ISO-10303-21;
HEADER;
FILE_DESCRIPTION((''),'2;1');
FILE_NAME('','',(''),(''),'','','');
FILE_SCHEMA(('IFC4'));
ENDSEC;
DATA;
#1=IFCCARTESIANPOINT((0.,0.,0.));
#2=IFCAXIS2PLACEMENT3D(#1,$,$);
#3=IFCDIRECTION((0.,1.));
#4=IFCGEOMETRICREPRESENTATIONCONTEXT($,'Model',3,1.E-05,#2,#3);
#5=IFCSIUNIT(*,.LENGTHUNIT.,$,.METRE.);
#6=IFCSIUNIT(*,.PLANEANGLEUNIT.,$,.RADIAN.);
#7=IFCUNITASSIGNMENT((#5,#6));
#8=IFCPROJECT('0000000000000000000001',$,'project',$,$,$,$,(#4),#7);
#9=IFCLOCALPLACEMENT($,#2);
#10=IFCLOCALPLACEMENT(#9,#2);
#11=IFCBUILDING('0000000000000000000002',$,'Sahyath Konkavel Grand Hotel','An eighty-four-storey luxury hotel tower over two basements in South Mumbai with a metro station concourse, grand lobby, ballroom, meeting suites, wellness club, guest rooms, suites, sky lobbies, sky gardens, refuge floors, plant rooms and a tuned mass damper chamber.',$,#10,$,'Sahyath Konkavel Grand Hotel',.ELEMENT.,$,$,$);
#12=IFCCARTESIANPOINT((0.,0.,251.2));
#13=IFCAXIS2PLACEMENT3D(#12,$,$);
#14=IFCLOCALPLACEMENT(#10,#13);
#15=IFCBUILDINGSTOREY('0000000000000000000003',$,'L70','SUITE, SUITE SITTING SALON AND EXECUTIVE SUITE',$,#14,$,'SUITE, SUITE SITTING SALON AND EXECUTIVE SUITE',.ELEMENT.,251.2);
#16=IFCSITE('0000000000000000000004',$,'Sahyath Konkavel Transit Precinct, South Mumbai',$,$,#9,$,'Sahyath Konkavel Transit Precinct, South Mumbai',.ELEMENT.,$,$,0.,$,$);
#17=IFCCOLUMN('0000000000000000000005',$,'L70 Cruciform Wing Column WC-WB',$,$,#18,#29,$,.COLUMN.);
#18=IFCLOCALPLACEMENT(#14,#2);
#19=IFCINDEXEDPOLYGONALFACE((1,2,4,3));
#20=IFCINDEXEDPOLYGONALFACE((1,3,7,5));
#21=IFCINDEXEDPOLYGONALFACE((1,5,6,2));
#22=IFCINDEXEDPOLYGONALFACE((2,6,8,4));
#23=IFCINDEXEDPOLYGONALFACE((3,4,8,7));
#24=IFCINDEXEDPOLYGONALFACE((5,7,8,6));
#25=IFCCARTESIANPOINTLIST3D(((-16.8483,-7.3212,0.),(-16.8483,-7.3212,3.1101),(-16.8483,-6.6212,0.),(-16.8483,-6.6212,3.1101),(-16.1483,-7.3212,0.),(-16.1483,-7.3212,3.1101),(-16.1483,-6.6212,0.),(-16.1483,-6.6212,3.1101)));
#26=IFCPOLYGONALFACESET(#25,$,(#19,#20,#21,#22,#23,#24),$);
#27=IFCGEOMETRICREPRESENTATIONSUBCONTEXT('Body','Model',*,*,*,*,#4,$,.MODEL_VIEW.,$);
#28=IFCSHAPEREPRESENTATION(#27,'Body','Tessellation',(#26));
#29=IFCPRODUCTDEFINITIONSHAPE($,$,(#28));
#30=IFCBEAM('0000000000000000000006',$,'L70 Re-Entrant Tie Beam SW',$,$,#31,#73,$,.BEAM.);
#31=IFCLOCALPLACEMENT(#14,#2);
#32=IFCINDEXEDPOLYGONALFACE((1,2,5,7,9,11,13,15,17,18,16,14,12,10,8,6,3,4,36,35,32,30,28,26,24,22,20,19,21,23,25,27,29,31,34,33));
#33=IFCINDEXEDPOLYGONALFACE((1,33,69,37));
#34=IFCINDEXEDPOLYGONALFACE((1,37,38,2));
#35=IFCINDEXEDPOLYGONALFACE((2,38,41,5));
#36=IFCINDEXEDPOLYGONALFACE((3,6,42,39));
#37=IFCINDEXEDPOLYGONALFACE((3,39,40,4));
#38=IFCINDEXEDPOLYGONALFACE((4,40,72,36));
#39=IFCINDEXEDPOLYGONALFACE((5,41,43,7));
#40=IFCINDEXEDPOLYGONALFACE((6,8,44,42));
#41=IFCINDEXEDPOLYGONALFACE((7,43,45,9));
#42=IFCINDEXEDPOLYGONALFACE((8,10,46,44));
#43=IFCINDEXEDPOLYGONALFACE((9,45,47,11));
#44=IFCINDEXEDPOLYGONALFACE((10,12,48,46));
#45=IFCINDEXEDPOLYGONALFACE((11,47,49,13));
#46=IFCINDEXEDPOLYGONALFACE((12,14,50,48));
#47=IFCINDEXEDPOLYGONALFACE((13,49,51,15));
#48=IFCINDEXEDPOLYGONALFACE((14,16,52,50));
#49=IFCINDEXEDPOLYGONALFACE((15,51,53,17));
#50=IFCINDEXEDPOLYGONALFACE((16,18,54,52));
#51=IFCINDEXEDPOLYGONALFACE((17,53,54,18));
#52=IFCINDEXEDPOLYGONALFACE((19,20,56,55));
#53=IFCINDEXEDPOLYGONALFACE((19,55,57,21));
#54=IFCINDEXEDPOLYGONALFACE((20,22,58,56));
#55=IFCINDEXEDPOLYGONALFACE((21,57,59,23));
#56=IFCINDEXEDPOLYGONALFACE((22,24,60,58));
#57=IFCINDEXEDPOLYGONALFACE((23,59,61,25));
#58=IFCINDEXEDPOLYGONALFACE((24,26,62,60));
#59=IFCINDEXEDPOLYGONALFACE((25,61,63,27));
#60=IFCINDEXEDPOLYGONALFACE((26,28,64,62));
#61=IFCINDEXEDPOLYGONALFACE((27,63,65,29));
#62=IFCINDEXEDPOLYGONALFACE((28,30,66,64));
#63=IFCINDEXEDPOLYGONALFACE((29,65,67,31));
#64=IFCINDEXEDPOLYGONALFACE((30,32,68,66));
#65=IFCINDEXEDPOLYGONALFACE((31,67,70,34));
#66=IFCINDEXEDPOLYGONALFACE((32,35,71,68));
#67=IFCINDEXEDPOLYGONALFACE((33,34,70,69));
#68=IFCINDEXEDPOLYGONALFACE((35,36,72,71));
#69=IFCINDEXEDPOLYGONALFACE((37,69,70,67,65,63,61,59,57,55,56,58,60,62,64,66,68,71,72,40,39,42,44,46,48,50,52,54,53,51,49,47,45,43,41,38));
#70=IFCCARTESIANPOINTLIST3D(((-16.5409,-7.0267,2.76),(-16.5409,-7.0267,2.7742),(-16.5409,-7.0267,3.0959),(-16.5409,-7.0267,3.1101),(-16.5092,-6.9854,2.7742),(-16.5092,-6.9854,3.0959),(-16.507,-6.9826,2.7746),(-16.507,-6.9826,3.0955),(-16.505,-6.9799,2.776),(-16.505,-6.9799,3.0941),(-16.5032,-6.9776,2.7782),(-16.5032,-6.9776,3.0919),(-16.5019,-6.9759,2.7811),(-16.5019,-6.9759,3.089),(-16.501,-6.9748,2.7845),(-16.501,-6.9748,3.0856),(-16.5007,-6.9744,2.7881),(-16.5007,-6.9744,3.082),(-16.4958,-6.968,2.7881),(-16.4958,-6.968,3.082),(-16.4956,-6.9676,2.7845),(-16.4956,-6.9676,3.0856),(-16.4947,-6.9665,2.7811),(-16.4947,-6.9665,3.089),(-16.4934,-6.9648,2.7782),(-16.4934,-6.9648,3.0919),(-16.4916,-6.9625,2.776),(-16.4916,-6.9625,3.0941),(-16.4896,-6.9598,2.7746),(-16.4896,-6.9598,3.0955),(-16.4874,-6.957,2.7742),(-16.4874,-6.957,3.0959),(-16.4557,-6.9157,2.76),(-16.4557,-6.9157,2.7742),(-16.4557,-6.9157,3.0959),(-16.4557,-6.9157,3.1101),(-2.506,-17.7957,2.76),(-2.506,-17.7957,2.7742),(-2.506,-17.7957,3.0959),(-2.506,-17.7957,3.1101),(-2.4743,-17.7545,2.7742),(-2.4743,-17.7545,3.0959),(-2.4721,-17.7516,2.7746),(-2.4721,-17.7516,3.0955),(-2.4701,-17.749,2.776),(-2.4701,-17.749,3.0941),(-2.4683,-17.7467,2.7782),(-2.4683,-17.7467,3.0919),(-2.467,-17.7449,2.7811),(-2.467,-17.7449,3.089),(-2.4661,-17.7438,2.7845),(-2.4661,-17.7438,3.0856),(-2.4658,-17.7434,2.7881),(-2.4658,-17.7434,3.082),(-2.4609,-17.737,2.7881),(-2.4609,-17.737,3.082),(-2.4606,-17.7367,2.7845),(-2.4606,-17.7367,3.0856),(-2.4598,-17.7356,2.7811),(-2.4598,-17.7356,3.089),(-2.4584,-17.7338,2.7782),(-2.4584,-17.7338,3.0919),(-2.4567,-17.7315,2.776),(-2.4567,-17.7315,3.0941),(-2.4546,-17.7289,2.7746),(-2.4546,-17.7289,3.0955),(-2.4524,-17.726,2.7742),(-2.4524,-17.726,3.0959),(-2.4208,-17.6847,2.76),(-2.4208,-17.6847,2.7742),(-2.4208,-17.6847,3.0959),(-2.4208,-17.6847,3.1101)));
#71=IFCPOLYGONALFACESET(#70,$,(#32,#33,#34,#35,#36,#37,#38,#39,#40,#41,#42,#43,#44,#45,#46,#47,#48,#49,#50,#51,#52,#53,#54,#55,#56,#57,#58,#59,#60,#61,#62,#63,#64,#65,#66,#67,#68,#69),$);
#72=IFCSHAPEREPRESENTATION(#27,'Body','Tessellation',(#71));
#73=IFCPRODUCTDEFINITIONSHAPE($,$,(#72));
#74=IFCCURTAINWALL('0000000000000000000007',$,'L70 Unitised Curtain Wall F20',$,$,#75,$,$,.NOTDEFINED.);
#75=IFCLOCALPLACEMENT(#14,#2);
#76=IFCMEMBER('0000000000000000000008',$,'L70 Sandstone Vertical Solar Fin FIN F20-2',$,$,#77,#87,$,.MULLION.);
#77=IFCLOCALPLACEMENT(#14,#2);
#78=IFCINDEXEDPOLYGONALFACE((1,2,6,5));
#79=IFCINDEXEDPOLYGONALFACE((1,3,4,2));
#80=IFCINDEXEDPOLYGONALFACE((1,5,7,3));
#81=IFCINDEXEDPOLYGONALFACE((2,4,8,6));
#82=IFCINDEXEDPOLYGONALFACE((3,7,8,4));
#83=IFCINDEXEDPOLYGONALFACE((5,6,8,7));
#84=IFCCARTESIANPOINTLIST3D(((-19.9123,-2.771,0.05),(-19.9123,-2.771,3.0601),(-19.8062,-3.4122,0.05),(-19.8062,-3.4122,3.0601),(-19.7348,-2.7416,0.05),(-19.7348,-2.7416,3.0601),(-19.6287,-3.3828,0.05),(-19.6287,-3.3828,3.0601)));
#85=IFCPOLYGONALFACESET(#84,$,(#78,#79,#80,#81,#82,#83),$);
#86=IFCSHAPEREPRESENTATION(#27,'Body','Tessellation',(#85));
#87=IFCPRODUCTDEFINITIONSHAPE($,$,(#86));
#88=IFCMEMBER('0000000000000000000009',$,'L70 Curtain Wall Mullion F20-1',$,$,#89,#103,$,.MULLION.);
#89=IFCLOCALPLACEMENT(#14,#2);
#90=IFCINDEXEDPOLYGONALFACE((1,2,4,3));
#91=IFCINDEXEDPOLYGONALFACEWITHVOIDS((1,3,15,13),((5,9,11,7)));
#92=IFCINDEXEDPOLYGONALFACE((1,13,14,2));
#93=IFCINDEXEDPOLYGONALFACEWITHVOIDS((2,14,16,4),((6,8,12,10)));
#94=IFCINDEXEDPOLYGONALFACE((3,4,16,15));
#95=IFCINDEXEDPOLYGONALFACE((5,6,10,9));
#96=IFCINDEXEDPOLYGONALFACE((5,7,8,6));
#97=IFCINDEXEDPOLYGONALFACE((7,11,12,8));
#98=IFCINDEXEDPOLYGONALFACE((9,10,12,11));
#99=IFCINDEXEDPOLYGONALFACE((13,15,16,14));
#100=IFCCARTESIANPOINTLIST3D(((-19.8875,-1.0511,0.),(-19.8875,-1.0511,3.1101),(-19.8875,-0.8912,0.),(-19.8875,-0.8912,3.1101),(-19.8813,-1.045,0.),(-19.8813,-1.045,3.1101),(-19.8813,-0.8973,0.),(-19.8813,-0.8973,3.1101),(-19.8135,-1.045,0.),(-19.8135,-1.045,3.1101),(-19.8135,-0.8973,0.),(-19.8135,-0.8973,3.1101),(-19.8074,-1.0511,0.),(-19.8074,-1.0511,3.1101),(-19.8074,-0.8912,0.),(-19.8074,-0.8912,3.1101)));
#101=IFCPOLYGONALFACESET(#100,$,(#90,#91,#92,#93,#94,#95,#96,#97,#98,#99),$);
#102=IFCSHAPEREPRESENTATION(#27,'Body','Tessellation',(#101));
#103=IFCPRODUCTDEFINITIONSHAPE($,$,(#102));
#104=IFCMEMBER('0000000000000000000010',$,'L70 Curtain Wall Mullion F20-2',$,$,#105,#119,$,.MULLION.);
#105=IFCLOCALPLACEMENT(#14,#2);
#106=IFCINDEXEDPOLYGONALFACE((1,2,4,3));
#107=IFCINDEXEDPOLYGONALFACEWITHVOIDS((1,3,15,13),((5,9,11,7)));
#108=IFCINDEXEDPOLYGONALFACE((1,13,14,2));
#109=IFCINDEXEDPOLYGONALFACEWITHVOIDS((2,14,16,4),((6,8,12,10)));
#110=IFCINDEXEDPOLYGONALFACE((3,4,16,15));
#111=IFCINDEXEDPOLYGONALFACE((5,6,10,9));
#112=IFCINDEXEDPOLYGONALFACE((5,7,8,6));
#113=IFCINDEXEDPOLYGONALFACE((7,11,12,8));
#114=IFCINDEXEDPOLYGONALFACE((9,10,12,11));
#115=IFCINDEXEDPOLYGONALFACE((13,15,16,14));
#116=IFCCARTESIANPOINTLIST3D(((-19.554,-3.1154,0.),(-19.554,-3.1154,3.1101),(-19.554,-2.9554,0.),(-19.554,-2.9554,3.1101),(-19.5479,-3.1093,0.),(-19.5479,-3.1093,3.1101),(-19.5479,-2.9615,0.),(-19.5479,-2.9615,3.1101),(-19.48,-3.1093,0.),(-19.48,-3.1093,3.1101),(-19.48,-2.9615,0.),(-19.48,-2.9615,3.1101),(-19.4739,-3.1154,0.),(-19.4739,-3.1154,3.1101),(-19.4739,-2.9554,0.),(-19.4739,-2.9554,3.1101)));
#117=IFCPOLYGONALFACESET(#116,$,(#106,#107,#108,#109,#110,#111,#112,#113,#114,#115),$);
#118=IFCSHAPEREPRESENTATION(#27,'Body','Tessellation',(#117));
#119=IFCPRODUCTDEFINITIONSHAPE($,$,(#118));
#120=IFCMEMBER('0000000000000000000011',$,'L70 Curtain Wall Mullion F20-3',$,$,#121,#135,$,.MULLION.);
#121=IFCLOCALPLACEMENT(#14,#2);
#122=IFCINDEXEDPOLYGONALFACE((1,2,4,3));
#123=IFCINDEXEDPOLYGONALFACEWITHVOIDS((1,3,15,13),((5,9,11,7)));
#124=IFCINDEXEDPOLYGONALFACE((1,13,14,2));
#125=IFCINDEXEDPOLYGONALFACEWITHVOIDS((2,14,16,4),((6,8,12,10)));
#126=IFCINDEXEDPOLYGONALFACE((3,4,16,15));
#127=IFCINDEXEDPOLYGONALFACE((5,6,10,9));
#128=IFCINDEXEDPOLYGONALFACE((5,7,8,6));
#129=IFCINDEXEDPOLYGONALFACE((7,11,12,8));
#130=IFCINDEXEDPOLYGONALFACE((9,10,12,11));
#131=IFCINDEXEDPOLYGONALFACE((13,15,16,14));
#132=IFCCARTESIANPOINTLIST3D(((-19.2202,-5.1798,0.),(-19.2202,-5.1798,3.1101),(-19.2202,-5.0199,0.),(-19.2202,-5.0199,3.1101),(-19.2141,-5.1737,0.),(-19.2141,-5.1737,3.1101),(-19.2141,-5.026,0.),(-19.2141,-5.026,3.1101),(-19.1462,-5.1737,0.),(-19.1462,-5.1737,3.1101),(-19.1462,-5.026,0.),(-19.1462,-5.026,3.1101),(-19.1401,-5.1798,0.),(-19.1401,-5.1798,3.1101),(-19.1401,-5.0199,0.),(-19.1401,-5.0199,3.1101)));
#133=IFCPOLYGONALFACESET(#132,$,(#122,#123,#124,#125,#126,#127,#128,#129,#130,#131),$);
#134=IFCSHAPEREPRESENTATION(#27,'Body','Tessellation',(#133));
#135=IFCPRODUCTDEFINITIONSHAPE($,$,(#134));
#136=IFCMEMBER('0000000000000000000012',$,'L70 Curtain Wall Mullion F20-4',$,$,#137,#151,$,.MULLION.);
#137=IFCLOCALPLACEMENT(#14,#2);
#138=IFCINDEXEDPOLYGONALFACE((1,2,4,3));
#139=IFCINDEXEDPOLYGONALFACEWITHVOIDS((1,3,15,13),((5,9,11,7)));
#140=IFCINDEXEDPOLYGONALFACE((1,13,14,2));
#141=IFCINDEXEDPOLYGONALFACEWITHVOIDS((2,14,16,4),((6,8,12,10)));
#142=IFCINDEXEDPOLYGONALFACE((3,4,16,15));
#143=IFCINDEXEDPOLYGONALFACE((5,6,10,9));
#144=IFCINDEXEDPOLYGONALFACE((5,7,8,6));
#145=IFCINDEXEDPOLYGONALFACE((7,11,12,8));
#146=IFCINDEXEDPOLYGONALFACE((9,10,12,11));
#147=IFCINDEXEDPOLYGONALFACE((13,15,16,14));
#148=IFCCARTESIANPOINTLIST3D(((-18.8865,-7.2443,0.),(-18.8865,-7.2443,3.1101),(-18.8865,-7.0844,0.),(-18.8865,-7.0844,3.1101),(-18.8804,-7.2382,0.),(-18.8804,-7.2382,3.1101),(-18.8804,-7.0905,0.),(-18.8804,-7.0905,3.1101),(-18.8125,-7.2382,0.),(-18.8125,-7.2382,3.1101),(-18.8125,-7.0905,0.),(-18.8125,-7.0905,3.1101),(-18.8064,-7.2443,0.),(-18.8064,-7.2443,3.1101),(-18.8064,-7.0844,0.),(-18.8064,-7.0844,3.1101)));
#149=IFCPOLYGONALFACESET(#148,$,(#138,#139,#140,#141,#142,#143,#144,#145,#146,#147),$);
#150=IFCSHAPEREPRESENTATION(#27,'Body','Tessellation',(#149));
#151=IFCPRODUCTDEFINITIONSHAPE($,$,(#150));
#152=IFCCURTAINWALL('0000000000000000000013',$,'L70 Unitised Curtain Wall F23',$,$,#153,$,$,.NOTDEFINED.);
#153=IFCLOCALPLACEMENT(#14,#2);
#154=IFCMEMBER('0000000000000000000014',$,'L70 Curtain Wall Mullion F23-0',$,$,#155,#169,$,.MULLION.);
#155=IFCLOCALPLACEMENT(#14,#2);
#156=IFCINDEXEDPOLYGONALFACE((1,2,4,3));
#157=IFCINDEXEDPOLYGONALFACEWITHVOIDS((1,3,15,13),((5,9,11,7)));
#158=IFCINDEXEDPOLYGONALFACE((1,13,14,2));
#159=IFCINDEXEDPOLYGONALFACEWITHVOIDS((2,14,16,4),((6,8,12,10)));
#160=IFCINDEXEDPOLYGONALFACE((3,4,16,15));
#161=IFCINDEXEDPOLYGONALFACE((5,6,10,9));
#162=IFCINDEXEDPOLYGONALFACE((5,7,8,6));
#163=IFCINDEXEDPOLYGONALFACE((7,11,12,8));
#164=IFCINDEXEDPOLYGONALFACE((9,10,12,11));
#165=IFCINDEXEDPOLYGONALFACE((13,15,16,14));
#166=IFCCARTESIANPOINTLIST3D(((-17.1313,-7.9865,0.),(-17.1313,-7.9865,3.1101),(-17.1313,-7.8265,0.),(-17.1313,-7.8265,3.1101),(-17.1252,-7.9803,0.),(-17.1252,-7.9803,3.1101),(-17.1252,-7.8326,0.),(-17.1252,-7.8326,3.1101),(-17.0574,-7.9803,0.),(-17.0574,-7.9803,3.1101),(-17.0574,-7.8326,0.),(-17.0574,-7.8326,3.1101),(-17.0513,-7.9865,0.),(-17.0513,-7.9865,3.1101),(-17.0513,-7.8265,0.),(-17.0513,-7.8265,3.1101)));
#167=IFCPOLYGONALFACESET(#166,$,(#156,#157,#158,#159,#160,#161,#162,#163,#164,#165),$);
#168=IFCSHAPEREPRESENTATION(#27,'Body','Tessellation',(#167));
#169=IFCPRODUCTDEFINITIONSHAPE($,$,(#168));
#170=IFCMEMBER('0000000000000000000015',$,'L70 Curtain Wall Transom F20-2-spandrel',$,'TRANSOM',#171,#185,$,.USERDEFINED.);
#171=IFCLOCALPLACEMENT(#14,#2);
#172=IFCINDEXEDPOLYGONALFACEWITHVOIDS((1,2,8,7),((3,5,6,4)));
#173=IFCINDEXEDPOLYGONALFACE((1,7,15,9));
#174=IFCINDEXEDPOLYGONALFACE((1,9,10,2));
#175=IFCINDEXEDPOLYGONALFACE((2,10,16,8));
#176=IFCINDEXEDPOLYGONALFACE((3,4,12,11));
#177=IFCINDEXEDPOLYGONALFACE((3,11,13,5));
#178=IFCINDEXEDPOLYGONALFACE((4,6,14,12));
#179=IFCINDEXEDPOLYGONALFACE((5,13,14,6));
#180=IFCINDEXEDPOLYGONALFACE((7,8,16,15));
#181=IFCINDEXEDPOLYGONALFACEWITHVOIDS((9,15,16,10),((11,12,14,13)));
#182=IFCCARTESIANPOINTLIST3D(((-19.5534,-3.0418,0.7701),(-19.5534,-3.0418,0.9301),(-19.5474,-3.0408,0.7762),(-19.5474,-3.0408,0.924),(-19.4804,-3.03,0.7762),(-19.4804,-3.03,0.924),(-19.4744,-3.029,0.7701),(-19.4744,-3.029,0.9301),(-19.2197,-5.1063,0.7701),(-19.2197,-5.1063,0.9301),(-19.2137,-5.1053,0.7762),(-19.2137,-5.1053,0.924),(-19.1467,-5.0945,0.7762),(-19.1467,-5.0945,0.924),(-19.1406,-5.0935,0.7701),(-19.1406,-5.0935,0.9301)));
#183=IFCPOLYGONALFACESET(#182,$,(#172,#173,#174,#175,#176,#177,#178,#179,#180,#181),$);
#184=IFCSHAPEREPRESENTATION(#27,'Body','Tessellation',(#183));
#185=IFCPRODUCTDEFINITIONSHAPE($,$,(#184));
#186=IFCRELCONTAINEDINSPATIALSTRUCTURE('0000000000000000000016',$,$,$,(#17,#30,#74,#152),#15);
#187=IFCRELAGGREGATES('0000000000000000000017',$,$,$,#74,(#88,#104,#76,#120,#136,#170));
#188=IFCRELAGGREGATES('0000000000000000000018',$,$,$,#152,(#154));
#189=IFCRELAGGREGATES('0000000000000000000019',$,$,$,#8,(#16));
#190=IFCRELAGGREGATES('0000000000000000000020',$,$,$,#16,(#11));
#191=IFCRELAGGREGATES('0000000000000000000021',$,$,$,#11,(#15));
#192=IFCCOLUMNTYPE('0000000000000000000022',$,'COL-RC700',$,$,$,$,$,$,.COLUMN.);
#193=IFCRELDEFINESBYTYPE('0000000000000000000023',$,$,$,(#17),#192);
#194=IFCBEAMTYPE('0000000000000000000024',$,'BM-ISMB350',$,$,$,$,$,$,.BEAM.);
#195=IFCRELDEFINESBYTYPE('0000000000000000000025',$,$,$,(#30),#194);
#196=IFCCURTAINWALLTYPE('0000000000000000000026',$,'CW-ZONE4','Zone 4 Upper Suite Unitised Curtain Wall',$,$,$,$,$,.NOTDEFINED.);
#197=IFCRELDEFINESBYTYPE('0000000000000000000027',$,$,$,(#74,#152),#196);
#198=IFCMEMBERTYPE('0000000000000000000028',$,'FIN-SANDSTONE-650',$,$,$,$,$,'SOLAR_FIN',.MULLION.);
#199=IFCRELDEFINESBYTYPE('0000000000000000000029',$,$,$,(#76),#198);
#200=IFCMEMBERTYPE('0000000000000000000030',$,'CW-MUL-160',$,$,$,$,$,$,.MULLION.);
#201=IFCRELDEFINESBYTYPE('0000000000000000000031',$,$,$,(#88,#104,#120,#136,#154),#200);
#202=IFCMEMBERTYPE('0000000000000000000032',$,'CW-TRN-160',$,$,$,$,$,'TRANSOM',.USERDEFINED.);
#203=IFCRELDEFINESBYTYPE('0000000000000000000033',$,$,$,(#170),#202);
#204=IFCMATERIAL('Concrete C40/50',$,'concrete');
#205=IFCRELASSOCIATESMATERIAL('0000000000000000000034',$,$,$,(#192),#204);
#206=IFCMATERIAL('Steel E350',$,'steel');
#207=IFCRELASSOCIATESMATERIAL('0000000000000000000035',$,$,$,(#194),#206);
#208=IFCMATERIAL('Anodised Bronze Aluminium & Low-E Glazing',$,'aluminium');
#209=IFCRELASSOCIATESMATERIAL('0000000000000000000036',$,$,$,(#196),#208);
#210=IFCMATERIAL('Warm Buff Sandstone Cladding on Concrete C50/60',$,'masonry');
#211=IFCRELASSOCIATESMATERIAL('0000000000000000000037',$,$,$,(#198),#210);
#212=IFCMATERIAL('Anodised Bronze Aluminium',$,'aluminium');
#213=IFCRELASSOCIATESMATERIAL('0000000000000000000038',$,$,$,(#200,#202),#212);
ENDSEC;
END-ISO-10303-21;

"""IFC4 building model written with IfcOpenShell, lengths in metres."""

from ifc_helpers import new_model, si_unit, direction, frame, origin, origin_2d, place, context, subcontext, project, spatial, rectangle, hollow_rectangle, i_section, extrude, source, transform, mapped, material, material_profile, profile_set, type_object, element, aggregate, save


model = new_model("IFC4")

# Units and contexts
model_context = context("Model", 3, precision=1e-05, world=origin(), true_north=direction((0.0, 1.0)))
body_context = subcontext(model_context, "Body", "Model", "MODEL_VIEW")
ifc_project = project(units=[si_unit("LENGTHUNIT", "METRE"), si_unit("PLANEANGLEUNIT", "RADIAN")], contexts=[model_context])

# Site, building, storey
site_placement = place(None, origin())
site = spatial("IfcSite", under=ifc_project, at=site_placement, Name="Sahyath Konkavel Transit Precinct, South Mumbai", LongName="Sahyath Konkavel Transit Precinct, South Mumbai", CompositionType="ELEMENT", RefElevation=0.0)
building_placement = place(site_placement, origin())
building = spatial("IfcBuilding", under=site, at=building_placement, Name="Sahyath Konkavel Grand Hotel", Description="An eighty-four-storey luxury hotel tower over two basements in South Mumbai with a metro station concourse, grand lobby, ballroom, meeting suites, wellness club, guest rooms, suites, sky lobbies, sky gardens, refuge floors, plant rooms and a tuned mass damper chamber.", LongName="Sahyath Konkavel Grand Hotel", CompositionType="ELEMENT")
storey_placement = place(building_placement, frame((0.0, 0.0, 251.2)))
storey = spatial("IfcBuildingStorey", under=building, at=storey_placement, Name="L70", Description="SUITE, SUITE SITTING SALON AND EXECUTIVE SUITE", LongName="SUITE, SUITE SITTING SALON AND EXECUTIVE SUITE", CompositionType="ELEMENT", Elevation=251.2)

# Column
ifc_material_1 = material(Name="Concrete C40/50", Category="concrete")
ifc_material_profile_1 = material_profile(ifc_material_1, rectangle(XDim=0.7, YDim=0.7, at=origin_2d()), Name="RC 700x700")
ifc_profile_set_1 = profile_set([ifc_material_profile_1], Name="Concrete C40/50")
column_type = type_object("IfcColumnType", Name="COL-RC700", PredefinedType="COLUMN", material=ifc_profile_set_1)
shared_shape_1 = source(origin(), body_context, "Body", "SweptSolid", [
    extrude(rectangle(XDim=0.7, YDim=0.7, at=origin_2d()), origin(), (0.0, 0.0, 1.0), 3.1101),
])
column_placement = place(storey_placement, frame((-16.4983, -6.9712, 0.0), z_axis=(0.0, 0.0, 1.0), x_axis=(1.0, 0.0, 0.0)))
element("IfcColumn", 1, at=column_placement, inside=storey, type_object=column_type, Name="L70 Cruciform Wing Column WC-WB", PredefinedType="COLUMN", context=body_context, shape_type="MappedRepresentation", body=[
    mapped(shared_shape_1, transform((0.0, 0.0, 0.0), scale=1.0)),
])

# Beam
ifc_material_2 = material(Name="Steel E350", Category="steel")
ifc_material_profile_2 = material_profile(ifc_material_2, i_section(OverallWidth=0.1399, OverallDepth=0.3501, WebThickness=0.0081, FlangeThickness=0.0142, FilletRadius=0.0139, at=origin_2d()), Name="ISMB 350")
ifc_profile_set_2 = profile_set([ifc_material_profile_2], Name="Steel E350")
beam_type = type_object("IfcBeamType", Name="BM-ISMB350", PredefinedType="BEAM", material=ifc_profile_set_2)
shared_shape_2 = source(origin(), body_context, "Body", "SweptSolid", [
    extrude(i_section(OverallWidth=0.1399, OverallDepth=0.3501, WebThickness=0.0081, FlangeThickness=0.0142, FilletRadius=0.0139, at=origin_2d()), origin(), (0.0, 0.0, 1.0), 17.6904),
])
beam_placement = place(storey_placement, frame((-16.4983, -6.9712, 2.9351), z_axis=(0.793362, -0.60875, 0.0), x_axis=(0.60875, 0.793362, 0.0)))
element("IfcBeam", 2, at=beam_placement, inside=storey, type_object=beam_type, Name="L70 Re-Entrant Tie Beam SW", PredefinedType="BEAM", context=body_context, shape_type="MappedRepresentation", body=[
    mapped(shared_shape_2, transform((0.0, 0.0, 0.0), scale=1.0)),
])

# Curtain wall, members
ifc_material_3 = material(Name="Anodised Bronze Aluminium & Low-E Glazing", Category="aluminium")
curtain_wall_type = type_object("IfcCurtainWallType", Name="CW-ZONE4", Description="Zone 4 Upper Suite Unitised Curtain Wall", PredefinedType="NOTDEFINED", material=ifc_material_3)
curtain_wall_1_placement = place(storey_placement, origin())
curtain_wall_1 = element("IfcCurtainWall", 3, at=curtain_wall_1_placement, inside=storey, type_object=curtain_wall_type, Name="L70 Unitised Curtain Wall F20", PredefinedType="NOTDEFINED")
ifc_material_4 = material(Name="Warm Buff Sandstone Cladding on Concrete C50/60", Category="masonry")
ifc_material_profile_3 = material_profile(ifc_material_4, rectangle(XDim=0.1799, YDim=0.6499, at=origin_2d()), Name="FIN 180x650")
ifc_profile_set_3 = profile_set([ifc_material_profile_3], Name="Warm Buff Sandstone Cladding on Concrete C50/60")
member_type_1 = type_object("IfcMemberType", Name="FIN-SANDSTONE-650", ElementType="SOLAR_FIN", PredefinedType="MULLION", material=ifc_profile_set_3)
shared_shape_3 = source(origin(), body_context, "Body", "SweptSolid", [
    extrude(rectangle(XDim=0.1799, YDim=0.6499, at=origin_2d()), origin(), (0.0, 0.0, 1.0), 3.01),
])
member_1_placement = place(storey_placement, frame((-19.7705, -3.0769, 0.05), z_axis=(0.0, 0.0, 1.0), x_axis=(0.986572, 0.163326, 0.0)))
member_1 = element("IfcMember", 4, at=member_1_placement, type_object=member_type_1, Name="L70 Sandstone Vertical Solar Fin FIN F20-2", PredefinedType="MULLION", context=body_context, shape_type="MappedRepresentation", body=[
    mapped(shared_shape_3, transform((0.0, 0.0, 0.0), scale=1.0)),
])
ifc_material_5 = material(Name="Anodised Bronze Aluminium", Category="aluminium")
ifc_material_profile_4 = material_profile(ifc_material_5, hollow_rectangle(XDim=0.0801, YDim=0.1599, WallThickness=0.0061, at=origin_2d()), Name="RHS 160x80x6")
ifc_profile_set_4 = profile_set([ifc_material_profile_4], Name="Anodised Bronze Aluminium")
member_type_2 = type_object("IfcMemberType", Name="CW-MUL-160", PredefinedType="MULLION", material=ifc_profile_set_4)
shared_shape_4 = source(origin(), body_context, "Body", "SweptSolid", [
    extrude(hollow_rectangle(XDim=0.0801, YDim=0.1599, WallThickness=0.0061, at=origin_2d()), origin(), (0.0, 0.0, 1.0), 3.1101),
])
member_2_placement = place(storey_placement, frame((-19.8474, -0.9712, 0.0), z_axis=(0.0, 0.0, 1.0), x_axis=(1.0, 0.0, 0.0)))
member_2 = element("IfcMember", 5, at=member_2_placement, type_object=member_type_2, Name="L70 Curtain Wall Mullion F20-1", PredefinedType="MULLION", context=body_context, shape_type="MappedRepresentation", body=[
    mapped(shared_shape_4, transform((0.0, 0.0, 0.0), scale=1.0)),
])
member_3_placement = place(storey_placement, frame((-19.5139, -3.0354, 0.0), z_axis=(0.0, 0.0, 1.0), x_axis=(1.0, 0.0, 0.0)))
member_3 = element("IfcMember", 6, at=member_3_placement, type_object=member_type_2, Name="L70 Curtain Wall Mullion F20-2", PredefinedType="MULLION", context=body_context, shape_type="MappedRepresentation", body=[
    mapped(shared_shape_4, transform((0.0, 0.0, 0.0), scale=1.0)),
])
member_4_placement = place(storey_placement, frame((-19.1802, -5.0999, 0.0), z_axis=(0.0, 0.0, 1.0), x_axis=(1.0, 0.0, 0.0)))
member_4 = element("IfcMember", 7, at=member_4_placement, type_object=member_type_2, Name="L70 Curtain Wall Mullion F20-3", PredefinedType="MULLION", context=body_context, shape_type="MappedRepresentation", body=[
    mapped(shared_shape_4, transform((0.0, 0.0, 0.0), scale=1.0)),
])
member_5_placement = place(storey_placement, frame((-18.8464, -7.1643, 0.0), z_axis=(0.0, 0.0, 1.0), x_axis=(1.0, 0.0, 0.0)))
member_5 = element("IfcMember", 8, at=member_5_placement, type_object=member_type_2, Name="L70 Curtain Wall Mullion F20-4", PredefinedType="MULLION", context=body_context, shape_type="MappedRepresentation", body=[
    mapped(shared_shape_4, transform((0.0, 0.0, 0.0), scale=1.0)),
])

# Curtain wall, member
curtain_wall_2_placement = place(storey_placement, origin())
curtain_wall_2 = element("IfcCurtainWall", 9, at=curtain_wall_2_placement, inside=storey, type_object=curtain_wall_type, Name="L70 Unitised Curtain Wall F23", PredefinedType="NOTDEFINED")
member_6_placement = place(storey_placement, frame((-17.0913, -7.9065, 0.0), z_axis=(0.0, 0.0, 1.0), x_axis=(1.0, 0.0, 0.0)))
member_6 = element("IfcMember", 10, at=member_6_placement, type_object=member_type_2, Name="L70 Curtain Wall Mullion F23-0", PredefinedType="MULLION", context=body_context, shape_type="MappedRepresentation", body=[
    mapped(shared_shape_4, transform((0.0, 0.0, 0.0), scale=1.0)),
])

# Member
ifc_material_profile_5 = material_profile(ifc_material_5, hollow_rectangle(XDim=0.0801, YDim=0.1599, WallThickness=0.0061, at=origin_2d()), Name="RHS 160x80x6")
ifc_profile_set_5 = profile_set([ifc_material_profile_5], Name="Anodised Bronze Aluminium")
member_type_3 = type_object("IfcMemberType", Name="CW-TRN-160", ElementType="TRANSOM", PredefinedType="USERDEFINED", material=ifc_profile_set_5)
shared_shape_5 = source(origin(), body_context, "Body", "SweptSolid", [
    extrude(hollow_rectangle(XDim=0.0801, YDim=0.1599, WallThickness=0.0061, at=origin_2d()), origin(), (0.0, 0.0, 1.0), 2.0913),
])
member_7_placement = place(storey_placement, frame((-19.5139, -3.0354, 0.8501), z_axis=(0.159588, -0.987184, 0.0), x_axis=(0.987184, 0.159588, 0.0)))
member_7 = element("IfcMember", 11, at=member_7_placement, type_object=member_type_3, Name="L70 Curtain Wall Transom F20-2-spandrel", ObjectType="TRANSOM", PredefinedType="USERDEFINED", context=body_context, shape_type="MappedRepresentation", body=[
    mapped(shared_shape_5, transform((0.0, 0.0, 0.0), scale=1.0)),
])

aggregate(curtain_wall_1, [member_2, member_3, member_1, member_4, member_5, member_7])
aggregate(curtain_wall_2, [member_6])

save(model, "model.ifc")
